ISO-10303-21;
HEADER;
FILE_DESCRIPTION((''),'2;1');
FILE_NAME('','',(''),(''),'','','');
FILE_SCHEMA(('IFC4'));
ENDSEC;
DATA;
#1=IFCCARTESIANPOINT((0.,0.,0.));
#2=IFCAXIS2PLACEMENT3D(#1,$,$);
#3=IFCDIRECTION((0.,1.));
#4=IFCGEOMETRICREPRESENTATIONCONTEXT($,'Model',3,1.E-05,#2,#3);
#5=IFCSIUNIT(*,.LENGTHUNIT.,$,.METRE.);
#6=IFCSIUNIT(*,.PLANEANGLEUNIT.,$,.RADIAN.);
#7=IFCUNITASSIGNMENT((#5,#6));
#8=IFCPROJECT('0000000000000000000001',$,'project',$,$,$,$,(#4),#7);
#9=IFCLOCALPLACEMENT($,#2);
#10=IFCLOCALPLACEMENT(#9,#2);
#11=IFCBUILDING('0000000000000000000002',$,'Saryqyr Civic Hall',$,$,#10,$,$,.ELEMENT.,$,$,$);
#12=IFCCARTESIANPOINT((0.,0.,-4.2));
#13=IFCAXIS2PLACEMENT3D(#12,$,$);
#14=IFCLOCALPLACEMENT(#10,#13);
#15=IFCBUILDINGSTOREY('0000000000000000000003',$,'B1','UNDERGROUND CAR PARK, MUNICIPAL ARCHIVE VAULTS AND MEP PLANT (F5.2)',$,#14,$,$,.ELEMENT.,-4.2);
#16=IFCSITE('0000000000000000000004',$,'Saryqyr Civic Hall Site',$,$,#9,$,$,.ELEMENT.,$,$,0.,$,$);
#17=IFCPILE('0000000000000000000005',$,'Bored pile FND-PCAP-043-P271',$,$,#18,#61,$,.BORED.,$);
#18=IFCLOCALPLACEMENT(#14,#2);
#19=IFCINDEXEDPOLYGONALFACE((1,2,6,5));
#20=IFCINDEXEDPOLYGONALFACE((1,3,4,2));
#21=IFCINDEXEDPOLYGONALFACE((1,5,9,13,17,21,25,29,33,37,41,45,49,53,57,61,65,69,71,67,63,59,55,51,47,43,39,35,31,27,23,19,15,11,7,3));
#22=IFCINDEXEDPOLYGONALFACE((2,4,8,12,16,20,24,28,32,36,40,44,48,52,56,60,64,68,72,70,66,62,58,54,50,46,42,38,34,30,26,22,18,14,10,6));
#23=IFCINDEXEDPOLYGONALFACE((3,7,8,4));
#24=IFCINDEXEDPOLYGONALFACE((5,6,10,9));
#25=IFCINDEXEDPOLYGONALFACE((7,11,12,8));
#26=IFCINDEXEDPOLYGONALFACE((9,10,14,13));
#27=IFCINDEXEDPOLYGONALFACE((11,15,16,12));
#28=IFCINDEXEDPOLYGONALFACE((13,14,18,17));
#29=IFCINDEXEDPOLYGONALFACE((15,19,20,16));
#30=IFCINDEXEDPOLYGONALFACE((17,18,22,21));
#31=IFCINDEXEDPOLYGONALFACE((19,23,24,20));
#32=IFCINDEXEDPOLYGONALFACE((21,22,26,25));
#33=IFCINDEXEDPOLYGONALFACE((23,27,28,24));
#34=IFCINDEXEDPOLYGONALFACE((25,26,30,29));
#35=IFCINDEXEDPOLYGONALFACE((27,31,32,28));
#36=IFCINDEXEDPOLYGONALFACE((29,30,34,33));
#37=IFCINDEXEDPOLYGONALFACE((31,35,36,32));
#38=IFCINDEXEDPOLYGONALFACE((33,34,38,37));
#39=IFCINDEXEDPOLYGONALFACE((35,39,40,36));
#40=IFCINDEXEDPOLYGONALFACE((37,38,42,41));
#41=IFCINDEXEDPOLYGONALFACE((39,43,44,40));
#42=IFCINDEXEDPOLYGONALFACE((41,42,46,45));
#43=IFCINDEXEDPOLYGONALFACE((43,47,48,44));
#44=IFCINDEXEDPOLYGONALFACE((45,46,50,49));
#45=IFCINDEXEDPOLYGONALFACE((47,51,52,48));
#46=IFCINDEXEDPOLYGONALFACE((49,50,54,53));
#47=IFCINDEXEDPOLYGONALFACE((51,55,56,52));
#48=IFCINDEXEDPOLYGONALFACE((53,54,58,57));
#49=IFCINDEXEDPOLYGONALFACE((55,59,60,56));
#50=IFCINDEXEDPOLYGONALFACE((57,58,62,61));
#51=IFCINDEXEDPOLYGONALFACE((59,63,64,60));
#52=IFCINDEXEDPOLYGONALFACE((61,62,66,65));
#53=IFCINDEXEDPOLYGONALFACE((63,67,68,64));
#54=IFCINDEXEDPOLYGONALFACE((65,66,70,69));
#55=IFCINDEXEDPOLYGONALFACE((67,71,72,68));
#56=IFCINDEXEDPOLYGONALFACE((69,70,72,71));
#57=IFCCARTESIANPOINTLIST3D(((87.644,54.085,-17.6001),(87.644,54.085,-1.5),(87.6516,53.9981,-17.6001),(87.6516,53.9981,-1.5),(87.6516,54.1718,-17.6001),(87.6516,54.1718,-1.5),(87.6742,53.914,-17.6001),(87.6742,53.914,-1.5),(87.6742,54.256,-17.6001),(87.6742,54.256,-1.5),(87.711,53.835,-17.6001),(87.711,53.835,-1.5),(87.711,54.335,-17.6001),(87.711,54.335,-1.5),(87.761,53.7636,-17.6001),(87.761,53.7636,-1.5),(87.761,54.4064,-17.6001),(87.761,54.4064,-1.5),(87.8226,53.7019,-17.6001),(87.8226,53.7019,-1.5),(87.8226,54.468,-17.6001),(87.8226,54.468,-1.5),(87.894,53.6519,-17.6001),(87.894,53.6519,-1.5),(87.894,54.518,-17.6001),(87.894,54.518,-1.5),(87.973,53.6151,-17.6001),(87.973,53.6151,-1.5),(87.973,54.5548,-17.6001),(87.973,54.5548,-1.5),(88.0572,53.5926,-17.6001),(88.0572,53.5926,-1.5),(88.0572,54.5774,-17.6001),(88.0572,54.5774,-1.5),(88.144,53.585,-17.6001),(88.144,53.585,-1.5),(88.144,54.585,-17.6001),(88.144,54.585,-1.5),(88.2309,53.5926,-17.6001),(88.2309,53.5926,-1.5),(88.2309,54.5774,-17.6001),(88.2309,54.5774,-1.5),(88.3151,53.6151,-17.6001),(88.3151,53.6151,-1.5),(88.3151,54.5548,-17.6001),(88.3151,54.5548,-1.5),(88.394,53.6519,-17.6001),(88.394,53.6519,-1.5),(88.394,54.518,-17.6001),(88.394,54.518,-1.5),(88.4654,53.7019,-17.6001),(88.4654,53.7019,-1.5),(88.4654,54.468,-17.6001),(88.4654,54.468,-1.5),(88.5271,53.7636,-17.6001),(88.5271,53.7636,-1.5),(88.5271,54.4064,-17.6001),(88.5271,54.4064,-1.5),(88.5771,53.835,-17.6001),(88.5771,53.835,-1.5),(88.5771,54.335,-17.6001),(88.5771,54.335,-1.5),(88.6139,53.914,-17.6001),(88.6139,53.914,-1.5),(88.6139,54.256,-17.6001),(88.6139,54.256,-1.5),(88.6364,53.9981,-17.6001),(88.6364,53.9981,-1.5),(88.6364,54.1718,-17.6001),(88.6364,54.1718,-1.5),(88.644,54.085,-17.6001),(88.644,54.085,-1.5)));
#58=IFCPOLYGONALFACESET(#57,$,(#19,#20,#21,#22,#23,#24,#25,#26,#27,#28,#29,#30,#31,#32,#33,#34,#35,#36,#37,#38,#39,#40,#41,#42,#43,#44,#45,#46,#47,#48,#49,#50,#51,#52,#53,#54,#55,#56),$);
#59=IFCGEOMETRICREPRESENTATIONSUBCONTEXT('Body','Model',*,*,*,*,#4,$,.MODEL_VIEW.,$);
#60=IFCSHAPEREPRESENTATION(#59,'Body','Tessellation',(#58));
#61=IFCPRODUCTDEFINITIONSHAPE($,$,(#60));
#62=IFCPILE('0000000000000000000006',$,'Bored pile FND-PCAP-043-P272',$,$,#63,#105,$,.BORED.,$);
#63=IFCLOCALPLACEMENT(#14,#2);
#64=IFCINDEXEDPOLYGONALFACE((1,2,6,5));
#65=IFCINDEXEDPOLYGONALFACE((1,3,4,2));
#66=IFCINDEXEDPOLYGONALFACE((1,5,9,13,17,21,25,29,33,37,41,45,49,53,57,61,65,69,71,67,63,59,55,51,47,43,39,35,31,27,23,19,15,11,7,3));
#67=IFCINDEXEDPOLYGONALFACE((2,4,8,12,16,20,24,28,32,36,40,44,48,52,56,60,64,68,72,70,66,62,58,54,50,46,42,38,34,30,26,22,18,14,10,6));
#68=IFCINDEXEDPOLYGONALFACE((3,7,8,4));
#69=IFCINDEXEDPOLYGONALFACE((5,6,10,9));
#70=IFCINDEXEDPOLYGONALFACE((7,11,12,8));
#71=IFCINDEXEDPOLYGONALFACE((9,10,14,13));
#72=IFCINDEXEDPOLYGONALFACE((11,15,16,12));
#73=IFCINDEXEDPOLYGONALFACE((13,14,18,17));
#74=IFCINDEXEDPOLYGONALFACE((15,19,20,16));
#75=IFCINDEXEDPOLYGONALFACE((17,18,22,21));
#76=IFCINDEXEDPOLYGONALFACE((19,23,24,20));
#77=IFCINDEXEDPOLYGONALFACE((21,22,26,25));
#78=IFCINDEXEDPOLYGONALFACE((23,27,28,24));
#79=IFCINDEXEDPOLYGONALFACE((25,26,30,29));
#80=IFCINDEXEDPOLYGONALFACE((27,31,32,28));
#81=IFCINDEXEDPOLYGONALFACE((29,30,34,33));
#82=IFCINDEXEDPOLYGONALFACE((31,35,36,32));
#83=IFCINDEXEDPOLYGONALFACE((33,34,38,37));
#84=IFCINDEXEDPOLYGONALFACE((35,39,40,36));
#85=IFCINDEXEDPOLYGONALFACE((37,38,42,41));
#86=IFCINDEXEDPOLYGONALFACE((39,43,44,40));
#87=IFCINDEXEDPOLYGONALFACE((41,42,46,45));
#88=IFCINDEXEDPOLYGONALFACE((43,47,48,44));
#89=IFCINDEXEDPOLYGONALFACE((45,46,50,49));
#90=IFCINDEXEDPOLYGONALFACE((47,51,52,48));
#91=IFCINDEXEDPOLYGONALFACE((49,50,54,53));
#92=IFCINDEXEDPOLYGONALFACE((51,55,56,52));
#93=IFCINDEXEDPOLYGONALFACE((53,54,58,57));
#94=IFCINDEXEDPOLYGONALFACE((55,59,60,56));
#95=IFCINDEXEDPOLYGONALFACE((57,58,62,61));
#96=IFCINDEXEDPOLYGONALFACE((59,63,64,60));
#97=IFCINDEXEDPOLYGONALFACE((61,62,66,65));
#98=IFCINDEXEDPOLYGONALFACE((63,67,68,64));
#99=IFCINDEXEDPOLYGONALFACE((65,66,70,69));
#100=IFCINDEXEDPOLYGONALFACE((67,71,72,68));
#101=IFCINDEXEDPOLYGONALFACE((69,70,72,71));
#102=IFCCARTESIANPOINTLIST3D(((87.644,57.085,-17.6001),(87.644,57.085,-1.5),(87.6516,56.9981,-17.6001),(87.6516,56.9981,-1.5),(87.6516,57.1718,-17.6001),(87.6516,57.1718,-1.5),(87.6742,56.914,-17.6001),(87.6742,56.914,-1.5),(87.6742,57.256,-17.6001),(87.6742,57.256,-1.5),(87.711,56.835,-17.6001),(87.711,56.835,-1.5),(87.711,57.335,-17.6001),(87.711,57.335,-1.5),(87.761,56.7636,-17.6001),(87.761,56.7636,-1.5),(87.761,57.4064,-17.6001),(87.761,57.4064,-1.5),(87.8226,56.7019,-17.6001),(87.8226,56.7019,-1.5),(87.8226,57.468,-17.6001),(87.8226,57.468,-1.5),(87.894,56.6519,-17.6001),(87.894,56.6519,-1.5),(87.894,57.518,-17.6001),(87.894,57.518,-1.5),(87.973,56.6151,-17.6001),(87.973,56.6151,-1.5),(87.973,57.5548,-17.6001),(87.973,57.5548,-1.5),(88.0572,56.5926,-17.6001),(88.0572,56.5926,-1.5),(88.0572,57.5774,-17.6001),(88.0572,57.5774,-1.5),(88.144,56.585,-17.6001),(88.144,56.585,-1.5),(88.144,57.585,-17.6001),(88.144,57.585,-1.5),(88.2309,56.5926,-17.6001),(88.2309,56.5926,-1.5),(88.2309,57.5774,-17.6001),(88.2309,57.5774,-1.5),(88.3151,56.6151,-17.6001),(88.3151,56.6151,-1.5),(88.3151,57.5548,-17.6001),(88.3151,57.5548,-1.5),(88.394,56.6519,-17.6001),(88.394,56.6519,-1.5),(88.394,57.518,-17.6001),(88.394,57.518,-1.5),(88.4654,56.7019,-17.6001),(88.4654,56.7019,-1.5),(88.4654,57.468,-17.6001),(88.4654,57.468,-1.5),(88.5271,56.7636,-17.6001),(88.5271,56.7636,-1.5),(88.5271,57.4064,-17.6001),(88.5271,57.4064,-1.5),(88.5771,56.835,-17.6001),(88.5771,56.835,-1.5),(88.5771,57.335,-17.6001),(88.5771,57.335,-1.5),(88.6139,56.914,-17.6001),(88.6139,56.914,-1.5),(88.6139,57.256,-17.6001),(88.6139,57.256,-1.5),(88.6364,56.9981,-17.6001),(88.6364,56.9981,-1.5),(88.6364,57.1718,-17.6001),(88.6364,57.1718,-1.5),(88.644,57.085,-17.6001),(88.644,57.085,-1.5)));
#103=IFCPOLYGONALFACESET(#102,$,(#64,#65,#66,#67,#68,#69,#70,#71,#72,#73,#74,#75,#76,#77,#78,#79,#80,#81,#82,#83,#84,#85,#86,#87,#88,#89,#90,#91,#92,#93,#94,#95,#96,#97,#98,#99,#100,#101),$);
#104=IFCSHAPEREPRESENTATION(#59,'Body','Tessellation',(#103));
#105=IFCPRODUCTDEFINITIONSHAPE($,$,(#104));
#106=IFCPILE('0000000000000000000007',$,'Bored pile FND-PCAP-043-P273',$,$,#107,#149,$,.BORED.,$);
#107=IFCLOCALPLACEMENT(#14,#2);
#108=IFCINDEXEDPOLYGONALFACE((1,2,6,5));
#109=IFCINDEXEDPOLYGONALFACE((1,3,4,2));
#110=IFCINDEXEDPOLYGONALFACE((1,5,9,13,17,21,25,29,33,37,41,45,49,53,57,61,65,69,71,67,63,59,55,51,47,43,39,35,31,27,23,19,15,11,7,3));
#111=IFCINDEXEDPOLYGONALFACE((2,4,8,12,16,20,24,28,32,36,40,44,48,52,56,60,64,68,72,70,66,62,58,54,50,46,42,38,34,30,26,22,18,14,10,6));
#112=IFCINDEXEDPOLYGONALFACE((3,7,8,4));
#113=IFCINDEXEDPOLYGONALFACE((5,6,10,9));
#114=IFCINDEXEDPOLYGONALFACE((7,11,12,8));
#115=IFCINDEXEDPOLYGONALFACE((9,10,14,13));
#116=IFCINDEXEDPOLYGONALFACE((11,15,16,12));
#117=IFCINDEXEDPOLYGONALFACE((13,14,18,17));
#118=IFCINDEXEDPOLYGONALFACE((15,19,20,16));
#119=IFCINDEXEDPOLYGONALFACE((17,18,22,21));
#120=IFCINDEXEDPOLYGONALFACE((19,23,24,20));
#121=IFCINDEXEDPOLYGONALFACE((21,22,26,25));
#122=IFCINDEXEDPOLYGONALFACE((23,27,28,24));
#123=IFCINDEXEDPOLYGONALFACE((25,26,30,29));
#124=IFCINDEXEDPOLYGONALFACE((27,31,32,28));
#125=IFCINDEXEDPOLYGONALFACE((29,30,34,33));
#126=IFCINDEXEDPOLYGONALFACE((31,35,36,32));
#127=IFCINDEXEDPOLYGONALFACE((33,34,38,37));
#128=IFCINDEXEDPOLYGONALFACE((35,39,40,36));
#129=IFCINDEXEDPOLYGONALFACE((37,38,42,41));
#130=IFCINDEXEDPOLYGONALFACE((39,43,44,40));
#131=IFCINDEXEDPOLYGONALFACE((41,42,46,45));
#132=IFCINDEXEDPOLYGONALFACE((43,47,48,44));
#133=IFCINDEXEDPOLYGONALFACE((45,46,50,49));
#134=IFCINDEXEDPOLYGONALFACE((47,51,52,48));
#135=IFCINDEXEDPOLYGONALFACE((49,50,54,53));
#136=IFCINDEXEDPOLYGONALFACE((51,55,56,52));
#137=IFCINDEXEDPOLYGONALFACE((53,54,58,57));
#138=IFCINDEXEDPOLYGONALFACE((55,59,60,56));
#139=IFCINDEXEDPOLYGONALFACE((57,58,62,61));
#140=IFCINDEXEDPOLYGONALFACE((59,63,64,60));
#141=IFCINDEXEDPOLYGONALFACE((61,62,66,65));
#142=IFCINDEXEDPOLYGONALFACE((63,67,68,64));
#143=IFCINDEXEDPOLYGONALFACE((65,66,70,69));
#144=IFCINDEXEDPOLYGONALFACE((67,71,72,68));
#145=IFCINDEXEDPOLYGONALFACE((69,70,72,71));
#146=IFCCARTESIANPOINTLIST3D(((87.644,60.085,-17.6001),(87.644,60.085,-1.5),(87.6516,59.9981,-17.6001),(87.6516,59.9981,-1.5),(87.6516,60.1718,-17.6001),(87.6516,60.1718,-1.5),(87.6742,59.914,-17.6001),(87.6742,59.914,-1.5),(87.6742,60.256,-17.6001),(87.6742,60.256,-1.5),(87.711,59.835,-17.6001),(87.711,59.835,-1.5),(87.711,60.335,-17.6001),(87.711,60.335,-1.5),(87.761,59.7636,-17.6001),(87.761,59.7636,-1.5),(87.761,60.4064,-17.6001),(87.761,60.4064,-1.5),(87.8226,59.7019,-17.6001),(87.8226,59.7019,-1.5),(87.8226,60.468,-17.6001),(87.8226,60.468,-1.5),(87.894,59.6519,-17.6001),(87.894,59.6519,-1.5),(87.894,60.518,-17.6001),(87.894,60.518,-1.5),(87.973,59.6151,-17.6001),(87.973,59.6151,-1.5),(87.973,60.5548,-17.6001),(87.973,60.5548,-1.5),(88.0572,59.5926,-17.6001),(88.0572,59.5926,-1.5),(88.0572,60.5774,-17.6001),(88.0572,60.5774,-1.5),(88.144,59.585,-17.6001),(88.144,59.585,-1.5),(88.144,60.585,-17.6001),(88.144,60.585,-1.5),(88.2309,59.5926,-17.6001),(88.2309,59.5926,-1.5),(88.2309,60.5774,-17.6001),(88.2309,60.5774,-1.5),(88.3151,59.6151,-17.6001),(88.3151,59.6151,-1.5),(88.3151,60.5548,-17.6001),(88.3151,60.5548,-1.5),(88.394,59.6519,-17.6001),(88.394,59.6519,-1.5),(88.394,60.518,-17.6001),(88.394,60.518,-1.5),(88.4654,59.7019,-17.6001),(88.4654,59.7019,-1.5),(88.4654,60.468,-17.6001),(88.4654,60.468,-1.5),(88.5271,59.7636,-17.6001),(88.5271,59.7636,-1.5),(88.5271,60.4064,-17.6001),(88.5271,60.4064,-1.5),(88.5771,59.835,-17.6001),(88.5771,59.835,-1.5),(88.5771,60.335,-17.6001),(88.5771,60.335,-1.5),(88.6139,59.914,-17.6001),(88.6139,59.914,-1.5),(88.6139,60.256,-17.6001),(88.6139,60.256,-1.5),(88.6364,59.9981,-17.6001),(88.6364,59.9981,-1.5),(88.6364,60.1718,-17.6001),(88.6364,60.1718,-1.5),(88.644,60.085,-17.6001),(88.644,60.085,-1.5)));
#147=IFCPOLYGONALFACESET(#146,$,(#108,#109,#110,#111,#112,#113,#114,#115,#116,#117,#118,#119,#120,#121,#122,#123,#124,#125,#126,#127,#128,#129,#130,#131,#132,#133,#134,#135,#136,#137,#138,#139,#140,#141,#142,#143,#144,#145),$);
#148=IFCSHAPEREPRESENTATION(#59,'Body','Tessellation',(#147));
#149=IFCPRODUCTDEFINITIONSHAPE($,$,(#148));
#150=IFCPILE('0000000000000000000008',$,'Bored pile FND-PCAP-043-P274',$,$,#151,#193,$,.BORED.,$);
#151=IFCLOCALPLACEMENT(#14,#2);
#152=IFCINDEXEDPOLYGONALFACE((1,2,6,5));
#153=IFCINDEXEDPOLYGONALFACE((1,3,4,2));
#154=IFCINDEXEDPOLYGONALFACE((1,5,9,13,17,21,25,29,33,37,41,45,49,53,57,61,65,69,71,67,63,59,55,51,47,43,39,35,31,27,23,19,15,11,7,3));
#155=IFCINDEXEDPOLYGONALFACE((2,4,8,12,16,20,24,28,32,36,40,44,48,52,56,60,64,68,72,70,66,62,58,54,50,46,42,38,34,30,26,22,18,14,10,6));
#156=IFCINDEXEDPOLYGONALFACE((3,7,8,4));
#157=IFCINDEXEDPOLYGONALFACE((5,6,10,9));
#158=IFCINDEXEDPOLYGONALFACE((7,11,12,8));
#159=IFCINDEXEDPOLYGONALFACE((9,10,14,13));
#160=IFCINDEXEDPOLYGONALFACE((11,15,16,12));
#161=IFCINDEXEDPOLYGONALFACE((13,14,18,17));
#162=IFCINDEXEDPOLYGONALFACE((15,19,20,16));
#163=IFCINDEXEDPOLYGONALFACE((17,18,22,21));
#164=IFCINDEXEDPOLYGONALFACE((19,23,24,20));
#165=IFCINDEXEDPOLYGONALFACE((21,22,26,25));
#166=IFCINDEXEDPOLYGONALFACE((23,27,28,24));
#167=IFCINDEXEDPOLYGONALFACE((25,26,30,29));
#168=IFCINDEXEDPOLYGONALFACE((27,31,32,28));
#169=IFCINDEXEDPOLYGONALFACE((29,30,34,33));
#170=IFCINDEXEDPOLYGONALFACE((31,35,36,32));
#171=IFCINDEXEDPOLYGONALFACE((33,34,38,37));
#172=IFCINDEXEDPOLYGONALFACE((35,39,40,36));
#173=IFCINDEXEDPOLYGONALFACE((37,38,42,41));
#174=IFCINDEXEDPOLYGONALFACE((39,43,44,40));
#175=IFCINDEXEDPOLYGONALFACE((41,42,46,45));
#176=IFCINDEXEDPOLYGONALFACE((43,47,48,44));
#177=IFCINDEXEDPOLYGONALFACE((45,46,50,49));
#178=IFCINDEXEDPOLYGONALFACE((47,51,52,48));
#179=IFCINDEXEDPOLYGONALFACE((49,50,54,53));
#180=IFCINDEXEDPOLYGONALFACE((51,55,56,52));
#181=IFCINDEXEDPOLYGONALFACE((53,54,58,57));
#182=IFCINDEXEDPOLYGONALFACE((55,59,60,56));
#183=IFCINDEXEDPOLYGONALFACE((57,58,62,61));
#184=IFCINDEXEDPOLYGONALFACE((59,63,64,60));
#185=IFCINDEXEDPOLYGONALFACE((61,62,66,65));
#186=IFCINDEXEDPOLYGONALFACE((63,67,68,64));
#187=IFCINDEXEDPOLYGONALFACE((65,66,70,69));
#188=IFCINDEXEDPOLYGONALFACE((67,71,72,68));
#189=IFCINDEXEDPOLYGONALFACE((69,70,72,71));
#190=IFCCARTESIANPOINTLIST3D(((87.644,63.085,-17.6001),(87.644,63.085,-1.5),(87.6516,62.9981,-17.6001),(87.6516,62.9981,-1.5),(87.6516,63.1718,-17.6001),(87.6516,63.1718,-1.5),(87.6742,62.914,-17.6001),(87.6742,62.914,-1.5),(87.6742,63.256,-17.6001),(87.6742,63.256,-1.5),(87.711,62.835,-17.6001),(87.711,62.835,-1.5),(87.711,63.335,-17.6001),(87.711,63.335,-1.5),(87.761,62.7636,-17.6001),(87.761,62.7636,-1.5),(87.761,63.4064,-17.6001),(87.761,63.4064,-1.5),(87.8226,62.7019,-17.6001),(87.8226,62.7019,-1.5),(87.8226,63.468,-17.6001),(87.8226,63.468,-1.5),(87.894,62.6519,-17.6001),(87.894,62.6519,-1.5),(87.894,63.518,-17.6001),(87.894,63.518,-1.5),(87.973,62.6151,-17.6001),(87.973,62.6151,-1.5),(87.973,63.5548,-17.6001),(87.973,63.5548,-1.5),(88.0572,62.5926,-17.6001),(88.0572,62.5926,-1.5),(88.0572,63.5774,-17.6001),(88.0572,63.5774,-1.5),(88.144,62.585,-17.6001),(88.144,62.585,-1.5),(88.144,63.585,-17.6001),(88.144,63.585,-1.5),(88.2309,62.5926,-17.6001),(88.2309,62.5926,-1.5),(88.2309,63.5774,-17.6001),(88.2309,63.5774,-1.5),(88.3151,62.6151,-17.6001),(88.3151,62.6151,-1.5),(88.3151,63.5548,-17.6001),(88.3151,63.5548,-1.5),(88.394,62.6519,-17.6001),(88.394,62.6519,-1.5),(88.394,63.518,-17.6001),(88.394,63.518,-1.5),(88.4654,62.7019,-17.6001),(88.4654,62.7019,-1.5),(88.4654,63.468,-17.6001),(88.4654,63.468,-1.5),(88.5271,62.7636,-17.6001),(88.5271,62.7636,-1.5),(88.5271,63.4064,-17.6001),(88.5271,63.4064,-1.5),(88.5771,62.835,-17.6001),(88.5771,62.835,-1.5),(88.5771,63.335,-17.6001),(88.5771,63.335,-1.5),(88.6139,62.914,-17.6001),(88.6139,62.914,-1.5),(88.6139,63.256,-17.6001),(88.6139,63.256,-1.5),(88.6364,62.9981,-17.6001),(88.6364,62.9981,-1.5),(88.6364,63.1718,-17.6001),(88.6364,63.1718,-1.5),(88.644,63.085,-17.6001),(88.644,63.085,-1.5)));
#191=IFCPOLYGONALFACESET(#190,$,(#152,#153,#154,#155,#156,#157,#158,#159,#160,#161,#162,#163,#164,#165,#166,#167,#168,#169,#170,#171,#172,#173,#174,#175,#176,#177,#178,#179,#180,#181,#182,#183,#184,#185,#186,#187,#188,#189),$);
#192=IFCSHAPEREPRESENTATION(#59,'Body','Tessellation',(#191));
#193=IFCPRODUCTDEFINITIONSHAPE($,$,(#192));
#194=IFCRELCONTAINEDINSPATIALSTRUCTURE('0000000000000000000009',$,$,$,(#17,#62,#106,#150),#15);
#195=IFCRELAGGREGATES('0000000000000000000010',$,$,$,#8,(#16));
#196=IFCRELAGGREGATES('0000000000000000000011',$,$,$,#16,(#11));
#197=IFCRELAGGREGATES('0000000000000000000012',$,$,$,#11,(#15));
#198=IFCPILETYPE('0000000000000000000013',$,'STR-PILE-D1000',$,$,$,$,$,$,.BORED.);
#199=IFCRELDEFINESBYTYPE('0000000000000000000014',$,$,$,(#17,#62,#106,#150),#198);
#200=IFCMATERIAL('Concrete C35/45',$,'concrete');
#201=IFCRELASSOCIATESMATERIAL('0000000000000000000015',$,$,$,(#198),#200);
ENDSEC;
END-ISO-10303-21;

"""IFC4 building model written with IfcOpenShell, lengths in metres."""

from ifc_helpers import new_model, si_unit, direction, frame, origin, origin_2d, place, context, subcontext, project, spatial, circle, extrude, material, material_profile, profile_set, type_object, element, save


model = new_model("IFC4")

# Units and contexts
model_context = context("Model", 3, precision=1e-05, world=origin(), true_north=direction((0.0, 1.0)))
body_context = subcontext(model_context, "Body", "Model", "MODEL_VIEW")
ifc_project = project(units=[si_unit("LENGTHUNIT", "METRE"), si_unit("PLANEANGLEUNIT", "RADIAN")], contexts=[model_context])

# Site, building, storey
site_placement = place(None, origin())
site = spatial("IfcSite", under=ifc_project, at=site_placement, Name="Saryqyr Civic Hall Site", CompositionType="ELEMENT", RefElevation=0.0)
building_placement = place(site_placement, origin())
building = spatial("IfcBuilding", under=site, at=building_placement, Name="Saryqyr Civic Hall", CompositionType="ELEMENT")
storey_placement = place(building_placement, frame((0.0, 0.0, -4.2)))
storey = spatial("IfcBuildingStorey", under=building, at=storey_placement, Name="B1", Description="UNDERGROUND CAR PARK, MUNICIPAL ARCHIVE VAULTS AND MEP PLANT (F5.2)", CompositionType="ELEMENT", Elevation=-4.2)

# Piles
ifc_material_1 = material(Name="Concrete C35/45", Category="concrete")
ifc_material_profile_1 = material_profile(ifc_material_1, circle(Radius=0.5, at=origin_2d()), Name="BORED PILE D1000")
ifc_profile_set_1 = profile_set([ifc_material_profile_1], Name="Concrete C35/45")
pile_type = type_object("IfcPileType", Name="STR-PILE-D1000", PredefinedType="BORED", material=ifc_profile_set_1)
for number, where, z_axis, x_axis, name in (
    (1, (88.144, 54.085, -1.5), (0.0, 0.0, -1.0), (1.0, 0.0, 0.0), "Bored pile FND-PCAP-043-P271"),
    (2, (88.144, 57.085, -1.5), (0.0, 0.0, -1.0), (1.0, 0.0, 0.0), "Bored pile FND-PCAP-043-P272"),
    (3, (88.144, 60.085, -1.5), (0.0, 0.0, -1.0), (1.0, 0.0, 0.0), "Bored pile FND-PCAP-043-P273"),
    (4, (88.144, 63.085, -1.5), (0.0, 0.0, -1.0), (1.0, 0.0, 0.0), "Bored pile FND-PCAP-043-P274"),
):
    element("IfcPile", number, at=place(storey_placement, frame(where, z_axis=z_axis, x_axis=x_axis)), inside=storey, type_object=pile_type, Name=name, PredefinedType="BORED", context=body_context, shape_type="SweptSolid", body=[
        extrude(circle(Radius=0.5, at=origin_2d()), origin(), (0.0, 0.0, 1.0), 16.1001),
    ])

save(model, "model.ifc")
